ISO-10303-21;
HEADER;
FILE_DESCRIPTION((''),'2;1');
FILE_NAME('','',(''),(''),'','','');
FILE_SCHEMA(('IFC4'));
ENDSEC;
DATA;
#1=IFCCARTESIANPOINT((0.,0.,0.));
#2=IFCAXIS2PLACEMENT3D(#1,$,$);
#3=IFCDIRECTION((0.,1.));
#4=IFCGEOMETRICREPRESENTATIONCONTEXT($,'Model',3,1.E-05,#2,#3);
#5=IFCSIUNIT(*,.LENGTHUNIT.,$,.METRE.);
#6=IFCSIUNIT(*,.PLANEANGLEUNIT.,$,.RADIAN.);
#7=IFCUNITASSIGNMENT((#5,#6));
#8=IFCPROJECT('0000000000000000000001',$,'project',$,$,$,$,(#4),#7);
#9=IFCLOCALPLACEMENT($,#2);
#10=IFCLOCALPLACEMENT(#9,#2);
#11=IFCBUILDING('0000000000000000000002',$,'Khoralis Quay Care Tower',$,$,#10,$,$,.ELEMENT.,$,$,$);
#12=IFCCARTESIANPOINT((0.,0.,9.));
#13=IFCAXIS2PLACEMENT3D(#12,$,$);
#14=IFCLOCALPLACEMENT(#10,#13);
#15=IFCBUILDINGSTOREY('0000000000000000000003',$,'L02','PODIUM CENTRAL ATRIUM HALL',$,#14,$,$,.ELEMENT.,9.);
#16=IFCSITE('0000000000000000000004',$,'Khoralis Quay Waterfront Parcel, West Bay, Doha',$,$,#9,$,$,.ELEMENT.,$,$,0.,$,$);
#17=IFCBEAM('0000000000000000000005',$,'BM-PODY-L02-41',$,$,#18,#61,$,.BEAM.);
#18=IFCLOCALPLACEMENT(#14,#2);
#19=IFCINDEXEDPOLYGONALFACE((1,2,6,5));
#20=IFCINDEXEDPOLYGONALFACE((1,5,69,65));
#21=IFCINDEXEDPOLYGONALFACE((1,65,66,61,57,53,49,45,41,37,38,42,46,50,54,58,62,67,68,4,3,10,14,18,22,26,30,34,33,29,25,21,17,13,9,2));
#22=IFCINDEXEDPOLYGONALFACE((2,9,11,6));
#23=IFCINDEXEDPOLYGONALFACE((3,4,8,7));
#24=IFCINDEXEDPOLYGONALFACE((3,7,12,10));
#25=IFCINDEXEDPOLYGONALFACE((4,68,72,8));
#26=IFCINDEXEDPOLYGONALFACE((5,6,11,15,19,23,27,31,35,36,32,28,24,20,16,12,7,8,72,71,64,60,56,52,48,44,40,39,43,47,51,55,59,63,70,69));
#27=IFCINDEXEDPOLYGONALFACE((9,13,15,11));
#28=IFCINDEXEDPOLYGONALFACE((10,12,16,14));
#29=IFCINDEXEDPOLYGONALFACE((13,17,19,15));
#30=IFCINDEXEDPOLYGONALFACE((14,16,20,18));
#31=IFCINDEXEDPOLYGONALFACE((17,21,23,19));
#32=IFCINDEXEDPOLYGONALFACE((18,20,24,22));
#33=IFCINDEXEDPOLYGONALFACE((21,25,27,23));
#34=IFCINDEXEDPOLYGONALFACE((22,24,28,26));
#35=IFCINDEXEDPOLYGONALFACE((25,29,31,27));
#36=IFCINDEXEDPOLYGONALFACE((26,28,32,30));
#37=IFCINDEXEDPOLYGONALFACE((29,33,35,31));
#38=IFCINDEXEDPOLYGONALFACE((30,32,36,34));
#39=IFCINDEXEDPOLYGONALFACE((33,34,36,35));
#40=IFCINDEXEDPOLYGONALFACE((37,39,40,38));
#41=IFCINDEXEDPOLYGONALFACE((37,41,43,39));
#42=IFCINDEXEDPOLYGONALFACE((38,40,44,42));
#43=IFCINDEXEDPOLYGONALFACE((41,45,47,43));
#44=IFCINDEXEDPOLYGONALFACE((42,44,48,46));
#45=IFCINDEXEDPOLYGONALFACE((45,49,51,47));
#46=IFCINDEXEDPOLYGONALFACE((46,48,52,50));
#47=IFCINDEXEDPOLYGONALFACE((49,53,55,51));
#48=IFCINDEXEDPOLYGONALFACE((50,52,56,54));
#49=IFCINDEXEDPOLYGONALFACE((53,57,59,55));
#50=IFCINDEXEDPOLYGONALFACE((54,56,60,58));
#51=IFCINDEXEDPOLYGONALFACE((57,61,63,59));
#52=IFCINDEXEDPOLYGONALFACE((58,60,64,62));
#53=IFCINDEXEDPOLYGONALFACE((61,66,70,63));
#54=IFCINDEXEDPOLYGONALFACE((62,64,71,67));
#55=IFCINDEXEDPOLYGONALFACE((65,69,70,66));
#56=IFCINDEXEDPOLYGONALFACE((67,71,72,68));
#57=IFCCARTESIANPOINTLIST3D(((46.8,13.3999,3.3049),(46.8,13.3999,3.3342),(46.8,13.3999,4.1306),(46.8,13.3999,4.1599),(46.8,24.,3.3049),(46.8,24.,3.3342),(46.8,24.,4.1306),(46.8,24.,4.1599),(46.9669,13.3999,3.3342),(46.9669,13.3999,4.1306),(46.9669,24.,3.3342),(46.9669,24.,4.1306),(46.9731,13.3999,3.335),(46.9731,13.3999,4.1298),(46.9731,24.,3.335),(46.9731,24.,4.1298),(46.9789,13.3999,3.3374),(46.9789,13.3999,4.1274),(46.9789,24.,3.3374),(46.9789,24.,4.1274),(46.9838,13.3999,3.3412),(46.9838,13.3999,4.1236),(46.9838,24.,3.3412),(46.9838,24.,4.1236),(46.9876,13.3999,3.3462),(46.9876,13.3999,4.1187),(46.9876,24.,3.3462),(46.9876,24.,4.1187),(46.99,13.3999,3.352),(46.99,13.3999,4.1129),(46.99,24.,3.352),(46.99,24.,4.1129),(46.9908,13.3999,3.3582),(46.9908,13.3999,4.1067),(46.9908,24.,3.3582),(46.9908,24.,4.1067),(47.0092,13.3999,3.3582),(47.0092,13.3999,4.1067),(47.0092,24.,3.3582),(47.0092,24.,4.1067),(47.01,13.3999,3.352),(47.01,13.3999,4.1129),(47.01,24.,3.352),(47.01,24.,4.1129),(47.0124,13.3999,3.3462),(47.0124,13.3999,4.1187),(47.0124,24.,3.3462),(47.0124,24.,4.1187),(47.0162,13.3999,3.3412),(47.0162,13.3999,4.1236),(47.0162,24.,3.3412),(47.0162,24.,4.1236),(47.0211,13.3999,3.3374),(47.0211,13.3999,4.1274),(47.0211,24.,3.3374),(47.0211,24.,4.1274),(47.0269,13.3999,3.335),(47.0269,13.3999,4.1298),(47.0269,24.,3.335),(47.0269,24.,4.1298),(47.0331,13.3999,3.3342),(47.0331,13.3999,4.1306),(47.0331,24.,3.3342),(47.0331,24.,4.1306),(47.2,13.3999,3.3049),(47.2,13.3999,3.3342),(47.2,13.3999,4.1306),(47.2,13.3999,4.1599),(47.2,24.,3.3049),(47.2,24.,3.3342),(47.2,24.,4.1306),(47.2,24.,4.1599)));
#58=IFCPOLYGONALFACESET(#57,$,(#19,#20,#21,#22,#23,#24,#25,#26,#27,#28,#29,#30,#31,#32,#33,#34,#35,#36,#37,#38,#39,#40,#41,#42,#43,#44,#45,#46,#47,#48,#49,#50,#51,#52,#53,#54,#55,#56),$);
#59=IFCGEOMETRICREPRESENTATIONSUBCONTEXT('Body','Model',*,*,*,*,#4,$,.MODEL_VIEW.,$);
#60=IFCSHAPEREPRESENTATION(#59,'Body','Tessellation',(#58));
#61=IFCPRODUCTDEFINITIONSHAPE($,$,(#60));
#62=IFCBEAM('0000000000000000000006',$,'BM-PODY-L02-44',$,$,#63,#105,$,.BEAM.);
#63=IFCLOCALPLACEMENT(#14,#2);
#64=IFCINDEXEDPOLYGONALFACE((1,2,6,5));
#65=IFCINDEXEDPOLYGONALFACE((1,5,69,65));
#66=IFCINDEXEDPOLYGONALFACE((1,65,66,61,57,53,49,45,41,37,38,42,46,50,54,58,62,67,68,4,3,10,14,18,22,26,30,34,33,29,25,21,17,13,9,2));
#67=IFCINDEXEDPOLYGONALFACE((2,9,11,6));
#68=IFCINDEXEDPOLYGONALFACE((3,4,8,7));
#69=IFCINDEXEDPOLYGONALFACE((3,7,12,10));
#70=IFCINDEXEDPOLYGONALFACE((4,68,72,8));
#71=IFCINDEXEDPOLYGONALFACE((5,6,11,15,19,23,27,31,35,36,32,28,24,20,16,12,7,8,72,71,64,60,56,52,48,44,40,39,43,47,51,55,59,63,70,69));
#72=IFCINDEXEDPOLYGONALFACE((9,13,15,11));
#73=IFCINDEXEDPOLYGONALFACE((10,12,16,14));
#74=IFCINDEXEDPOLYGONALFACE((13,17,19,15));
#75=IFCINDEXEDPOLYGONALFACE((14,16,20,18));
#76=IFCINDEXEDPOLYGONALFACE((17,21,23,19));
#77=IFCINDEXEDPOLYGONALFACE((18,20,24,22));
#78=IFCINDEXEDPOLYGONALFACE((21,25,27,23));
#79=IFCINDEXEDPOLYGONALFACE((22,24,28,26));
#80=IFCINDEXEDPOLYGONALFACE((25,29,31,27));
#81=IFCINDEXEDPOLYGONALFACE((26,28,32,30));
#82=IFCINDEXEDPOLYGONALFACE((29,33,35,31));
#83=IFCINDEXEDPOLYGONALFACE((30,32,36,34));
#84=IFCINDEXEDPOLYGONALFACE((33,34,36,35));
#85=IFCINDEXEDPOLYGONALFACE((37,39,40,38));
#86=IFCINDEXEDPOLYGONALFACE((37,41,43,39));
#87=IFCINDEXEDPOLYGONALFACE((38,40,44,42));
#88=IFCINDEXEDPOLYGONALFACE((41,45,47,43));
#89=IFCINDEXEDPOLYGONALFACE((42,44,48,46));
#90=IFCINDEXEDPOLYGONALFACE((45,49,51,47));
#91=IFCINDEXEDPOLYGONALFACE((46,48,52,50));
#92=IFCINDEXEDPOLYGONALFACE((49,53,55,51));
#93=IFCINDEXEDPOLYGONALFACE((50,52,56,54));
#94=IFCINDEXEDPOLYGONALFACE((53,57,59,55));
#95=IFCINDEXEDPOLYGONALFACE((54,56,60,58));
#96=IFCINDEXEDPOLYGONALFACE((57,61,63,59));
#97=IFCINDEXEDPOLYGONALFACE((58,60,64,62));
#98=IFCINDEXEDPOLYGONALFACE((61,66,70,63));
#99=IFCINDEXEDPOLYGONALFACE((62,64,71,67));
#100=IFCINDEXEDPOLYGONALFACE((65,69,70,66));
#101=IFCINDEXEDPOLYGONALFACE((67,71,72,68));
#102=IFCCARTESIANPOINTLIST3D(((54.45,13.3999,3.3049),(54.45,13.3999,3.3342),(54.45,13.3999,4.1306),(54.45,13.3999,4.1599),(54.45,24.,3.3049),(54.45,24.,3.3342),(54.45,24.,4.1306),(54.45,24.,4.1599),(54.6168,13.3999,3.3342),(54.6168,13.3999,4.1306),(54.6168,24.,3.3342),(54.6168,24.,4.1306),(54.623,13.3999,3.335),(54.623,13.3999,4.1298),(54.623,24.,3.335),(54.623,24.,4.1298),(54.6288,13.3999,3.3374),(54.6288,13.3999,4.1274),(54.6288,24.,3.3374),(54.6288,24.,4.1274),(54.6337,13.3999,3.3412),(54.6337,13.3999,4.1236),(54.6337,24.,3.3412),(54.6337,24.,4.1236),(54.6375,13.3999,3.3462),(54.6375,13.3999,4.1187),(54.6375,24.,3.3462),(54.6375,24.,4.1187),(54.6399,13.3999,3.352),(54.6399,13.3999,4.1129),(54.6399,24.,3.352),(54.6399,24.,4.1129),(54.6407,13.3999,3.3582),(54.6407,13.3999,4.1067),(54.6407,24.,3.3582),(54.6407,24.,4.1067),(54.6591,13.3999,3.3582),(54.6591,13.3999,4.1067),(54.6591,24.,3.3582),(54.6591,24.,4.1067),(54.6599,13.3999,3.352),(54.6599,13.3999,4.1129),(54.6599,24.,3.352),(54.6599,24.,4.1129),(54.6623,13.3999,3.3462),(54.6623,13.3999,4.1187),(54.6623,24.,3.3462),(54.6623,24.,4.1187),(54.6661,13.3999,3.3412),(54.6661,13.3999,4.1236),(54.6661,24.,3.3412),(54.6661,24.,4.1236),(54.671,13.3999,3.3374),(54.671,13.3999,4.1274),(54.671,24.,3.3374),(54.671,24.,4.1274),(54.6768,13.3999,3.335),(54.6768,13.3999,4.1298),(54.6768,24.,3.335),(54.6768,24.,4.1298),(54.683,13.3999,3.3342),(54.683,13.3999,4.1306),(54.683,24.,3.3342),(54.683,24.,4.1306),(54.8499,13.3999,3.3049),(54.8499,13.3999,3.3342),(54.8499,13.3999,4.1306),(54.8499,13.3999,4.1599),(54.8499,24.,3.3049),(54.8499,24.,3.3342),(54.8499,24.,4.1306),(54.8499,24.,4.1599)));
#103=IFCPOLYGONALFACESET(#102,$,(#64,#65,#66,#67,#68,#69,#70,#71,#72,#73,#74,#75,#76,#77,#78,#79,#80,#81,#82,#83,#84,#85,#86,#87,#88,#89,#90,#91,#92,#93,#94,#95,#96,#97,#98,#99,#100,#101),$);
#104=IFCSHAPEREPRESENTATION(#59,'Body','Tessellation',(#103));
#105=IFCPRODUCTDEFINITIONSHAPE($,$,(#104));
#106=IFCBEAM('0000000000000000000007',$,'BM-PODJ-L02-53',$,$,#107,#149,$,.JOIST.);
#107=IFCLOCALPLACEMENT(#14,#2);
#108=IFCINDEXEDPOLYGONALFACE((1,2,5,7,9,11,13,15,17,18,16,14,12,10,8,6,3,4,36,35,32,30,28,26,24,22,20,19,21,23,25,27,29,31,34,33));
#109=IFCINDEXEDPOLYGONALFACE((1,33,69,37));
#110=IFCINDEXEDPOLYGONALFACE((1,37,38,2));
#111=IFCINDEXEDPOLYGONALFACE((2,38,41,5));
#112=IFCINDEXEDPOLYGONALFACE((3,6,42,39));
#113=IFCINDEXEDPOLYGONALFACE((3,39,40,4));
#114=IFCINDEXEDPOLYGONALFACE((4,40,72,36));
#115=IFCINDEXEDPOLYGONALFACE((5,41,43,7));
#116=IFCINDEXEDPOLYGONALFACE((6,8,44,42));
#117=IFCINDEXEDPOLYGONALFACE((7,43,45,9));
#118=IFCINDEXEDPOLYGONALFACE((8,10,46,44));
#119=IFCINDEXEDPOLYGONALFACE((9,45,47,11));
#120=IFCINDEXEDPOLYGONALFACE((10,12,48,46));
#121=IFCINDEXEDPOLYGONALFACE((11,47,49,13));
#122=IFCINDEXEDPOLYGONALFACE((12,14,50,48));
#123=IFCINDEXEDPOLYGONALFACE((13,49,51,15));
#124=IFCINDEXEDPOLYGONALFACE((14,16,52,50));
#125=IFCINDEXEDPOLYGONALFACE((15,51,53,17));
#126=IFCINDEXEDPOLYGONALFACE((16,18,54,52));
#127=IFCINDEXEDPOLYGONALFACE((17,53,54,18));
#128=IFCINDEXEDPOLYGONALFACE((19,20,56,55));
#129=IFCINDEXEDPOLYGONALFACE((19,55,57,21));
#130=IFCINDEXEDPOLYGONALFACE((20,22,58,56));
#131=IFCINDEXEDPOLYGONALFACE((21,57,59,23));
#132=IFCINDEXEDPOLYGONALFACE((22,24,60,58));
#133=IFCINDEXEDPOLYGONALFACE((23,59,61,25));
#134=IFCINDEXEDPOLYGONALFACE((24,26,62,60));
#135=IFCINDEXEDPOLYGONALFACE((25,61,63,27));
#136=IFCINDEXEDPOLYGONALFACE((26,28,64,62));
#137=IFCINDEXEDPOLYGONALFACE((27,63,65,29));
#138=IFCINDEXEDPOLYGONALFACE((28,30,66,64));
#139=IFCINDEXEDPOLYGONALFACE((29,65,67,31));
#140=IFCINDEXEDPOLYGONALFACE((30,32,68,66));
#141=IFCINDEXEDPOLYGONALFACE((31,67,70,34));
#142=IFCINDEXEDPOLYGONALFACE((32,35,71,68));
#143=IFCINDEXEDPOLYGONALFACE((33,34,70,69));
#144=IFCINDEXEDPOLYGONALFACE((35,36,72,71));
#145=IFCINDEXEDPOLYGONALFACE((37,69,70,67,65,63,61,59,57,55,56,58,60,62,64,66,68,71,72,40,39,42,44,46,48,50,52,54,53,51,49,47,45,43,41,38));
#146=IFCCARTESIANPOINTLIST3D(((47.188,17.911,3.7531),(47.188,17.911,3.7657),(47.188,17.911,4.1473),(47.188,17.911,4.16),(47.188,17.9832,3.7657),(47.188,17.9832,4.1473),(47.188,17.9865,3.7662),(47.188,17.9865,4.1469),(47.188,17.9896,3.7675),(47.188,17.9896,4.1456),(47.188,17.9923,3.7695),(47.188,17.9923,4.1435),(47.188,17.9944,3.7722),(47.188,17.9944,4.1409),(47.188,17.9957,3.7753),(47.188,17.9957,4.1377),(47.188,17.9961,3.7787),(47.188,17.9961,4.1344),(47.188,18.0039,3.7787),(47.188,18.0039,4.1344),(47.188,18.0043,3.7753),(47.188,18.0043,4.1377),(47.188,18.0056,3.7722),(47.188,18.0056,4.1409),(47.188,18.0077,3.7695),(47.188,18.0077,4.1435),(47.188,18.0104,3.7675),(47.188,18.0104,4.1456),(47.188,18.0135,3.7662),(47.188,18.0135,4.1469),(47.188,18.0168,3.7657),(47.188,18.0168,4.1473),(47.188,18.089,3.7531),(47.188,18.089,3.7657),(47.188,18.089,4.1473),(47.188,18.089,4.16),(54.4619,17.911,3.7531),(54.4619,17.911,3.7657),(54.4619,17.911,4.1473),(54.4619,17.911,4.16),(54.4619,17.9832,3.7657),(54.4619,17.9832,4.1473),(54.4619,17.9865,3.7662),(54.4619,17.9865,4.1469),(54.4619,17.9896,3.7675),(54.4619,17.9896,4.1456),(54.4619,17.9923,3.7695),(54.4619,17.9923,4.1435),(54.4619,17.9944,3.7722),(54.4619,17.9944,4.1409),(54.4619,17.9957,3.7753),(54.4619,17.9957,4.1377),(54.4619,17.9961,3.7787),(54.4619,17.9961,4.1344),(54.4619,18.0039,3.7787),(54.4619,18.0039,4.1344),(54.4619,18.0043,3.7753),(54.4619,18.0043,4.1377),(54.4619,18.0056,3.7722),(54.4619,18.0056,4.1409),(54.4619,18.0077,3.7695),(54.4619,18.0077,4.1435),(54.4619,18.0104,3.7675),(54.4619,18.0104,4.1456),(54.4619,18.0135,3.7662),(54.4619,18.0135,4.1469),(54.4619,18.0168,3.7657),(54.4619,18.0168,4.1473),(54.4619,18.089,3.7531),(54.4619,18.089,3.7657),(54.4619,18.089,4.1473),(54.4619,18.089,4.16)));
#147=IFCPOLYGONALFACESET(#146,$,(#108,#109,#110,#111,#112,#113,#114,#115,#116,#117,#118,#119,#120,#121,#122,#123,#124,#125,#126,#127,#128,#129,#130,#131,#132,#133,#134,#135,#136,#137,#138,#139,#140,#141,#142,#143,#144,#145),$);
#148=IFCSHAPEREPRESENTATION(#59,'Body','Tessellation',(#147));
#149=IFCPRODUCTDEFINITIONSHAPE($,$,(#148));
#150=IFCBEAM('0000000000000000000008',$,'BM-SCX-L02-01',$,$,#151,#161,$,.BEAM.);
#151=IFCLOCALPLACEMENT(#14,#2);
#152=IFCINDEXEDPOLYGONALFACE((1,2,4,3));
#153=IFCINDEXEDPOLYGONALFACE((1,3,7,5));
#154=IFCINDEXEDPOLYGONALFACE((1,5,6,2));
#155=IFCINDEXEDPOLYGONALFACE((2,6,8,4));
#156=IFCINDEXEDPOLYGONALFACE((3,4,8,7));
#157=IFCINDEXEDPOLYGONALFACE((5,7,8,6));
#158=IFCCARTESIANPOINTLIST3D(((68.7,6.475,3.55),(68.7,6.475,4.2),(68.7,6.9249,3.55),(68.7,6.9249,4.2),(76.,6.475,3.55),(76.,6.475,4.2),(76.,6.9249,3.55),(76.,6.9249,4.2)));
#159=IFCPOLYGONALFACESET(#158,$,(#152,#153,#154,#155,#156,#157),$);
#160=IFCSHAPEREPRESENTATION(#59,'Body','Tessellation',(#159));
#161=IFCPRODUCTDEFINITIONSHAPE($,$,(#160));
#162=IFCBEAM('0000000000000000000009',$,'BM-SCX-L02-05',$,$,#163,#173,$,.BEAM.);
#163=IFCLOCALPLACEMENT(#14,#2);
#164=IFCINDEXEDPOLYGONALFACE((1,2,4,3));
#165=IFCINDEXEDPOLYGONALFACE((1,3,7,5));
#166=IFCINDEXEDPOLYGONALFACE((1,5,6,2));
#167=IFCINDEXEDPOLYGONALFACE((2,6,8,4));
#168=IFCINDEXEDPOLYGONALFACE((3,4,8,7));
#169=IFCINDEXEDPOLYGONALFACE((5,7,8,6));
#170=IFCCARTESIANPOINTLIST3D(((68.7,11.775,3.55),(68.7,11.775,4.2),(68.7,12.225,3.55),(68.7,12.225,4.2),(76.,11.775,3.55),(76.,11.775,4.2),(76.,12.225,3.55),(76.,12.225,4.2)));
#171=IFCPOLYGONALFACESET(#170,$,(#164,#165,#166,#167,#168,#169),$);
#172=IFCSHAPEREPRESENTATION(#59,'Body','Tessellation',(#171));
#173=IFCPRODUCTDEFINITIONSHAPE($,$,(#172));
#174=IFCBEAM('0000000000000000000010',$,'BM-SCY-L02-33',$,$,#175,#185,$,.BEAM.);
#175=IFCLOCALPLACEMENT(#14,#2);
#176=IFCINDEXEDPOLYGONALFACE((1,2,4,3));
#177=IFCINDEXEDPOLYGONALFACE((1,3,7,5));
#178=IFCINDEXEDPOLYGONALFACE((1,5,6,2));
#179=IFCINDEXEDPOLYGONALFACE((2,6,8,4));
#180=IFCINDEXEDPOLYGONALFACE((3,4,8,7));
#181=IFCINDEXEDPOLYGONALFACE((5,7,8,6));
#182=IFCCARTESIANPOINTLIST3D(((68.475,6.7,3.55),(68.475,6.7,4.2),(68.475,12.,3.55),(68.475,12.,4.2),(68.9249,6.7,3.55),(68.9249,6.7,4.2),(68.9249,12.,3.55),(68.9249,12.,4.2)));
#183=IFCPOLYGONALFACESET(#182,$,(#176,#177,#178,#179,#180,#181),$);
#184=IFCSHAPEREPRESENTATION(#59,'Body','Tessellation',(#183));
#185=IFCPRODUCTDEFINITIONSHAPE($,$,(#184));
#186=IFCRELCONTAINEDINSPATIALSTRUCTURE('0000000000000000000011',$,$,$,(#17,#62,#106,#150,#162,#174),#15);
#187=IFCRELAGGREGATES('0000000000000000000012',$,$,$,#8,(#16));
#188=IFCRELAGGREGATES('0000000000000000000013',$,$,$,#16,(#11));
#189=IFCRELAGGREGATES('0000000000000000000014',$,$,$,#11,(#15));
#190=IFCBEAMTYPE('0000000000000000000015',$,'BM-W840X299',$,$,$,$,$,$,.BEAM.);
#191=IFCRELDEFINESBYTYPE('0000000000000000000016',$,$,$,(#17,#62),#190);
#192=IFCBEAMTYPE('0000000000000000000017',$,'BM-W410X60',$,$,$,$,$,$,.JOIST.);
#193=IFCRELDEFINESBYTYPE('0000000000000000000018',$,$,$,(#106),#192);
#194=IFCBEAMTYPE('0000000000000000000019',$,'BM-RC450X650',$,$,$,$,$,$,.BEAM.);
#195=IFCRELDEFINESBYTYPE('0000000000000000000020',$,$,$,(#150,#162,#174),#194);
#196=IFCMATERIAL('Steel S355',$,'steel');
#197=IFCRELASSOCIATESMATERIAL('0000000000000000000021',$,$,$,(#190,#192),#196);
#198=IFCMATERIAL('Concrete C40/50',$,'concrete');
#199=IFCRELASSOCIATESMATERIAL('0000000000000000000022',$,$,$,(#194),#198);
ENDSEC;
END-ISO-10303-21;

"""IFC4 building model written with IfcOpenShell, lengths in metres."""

from ifc_helpers import new_model, si_unit, direction, frame, origin, origin_2d, place, context, subcontext, project, spatial, rectangle, i_section, extrude, source, transform, mapped, material, material_profile, profile_set, type_object, element, save


model = new_model("IFC4")

# Units and contexts
model_context = context("Model", 3, precision=1e-05, world=origin(), true_north=direction((0.0, 1.0)))
body_context = subcontext(model_context, "Body", "Model", "MODEL_VIEW")
ifc_project = project(units=[si_unit("LENGTHUNIT", "METRE"), si_unit("PLANEANGLEUNIT", "RADIAN")], contexts=[model_context])

# Site, building, storey
site_placement = place(None, origin())
site = spatial("IfcSite", under=ifc_project, at=site_placement, Name="Khoralis Quay Waterfront Parcel, West Bay, Doha", CompositionType="ELEMENT", RefElevation=0.0)
building_placement = place(site_placement, origin())
building = spatial("IfcBuilding", under=site, at=building_placement, Name="Khoralis Quay Care Tower", CompositionType="ELEMENT")
storey_placement = place(building_placement, frame((0.0, 0.0, 9.0)))
storey = spatial("IfcBuildingStorey", under=building, at=storey_placement, Name="L02", Description="PODIUM CENTRAL ATRIUM HALL", CompositionType="ELEMENT", Elevation=9.0)

# Shared definitions
ifc_material_1 = material(Name="Concrete C40/50", Category="concrete")

# Beams
ifc_material_2 = material(Name="Steel S355", Category="steel")
ifc_material_profile_1 = material_profile(ifc_material_2, i_section(OverallWidth=0.3999, OverallDepth=0.855, WebThickness=0.0183, FlangeThickness=0.0293, FilletRadius=0.0239, at=origin_2d()), Name="Steel S355")
ifc_profile_set_1 = profile_set([ifc_material_profile_1], Name="Steel S355")
beam_type_1 = type_object("IfcBeamType", Name="BM-W840X299", PredefinedType="BEAM", material=ifc_profile_set_1)
shared_shape_1 = source(origin(), body_context, "Body", "SweptSolid", [
    extrude(i_section(OverallWidth=0.3999, OverallDepth=0.855, WebThickness=0.0183, FlangeThickness=0.0293, FilletRadius=0.0239, at=origin_2d()), origin(), (0.0, 0.0, 1.0), 10.6001),
])
for number, where, z_axis, x_axis, name in (
    (1, (47.0, 13.3999, 3.7324), (0.0, 1.0, 0.0), (-1.0, 0.0, 0.0), "BM-PODY-L02-41"),
    (2, (54.6499, 13.3999, 3.7324), (0.0, 1.0, 0.0), (-1.0, 0.0, 0.0), "BM-PODY-L02-44"),
):
    element("IfcBeam", number, at=place(storey_placement, frame(where, z_axis=z_axis, x_axis=x_axis)), inside=storey, type_object=beam_type_1, Name=name, PredefinedType="BEAM", context=body_context, shape_type="MappedRepresentation", body=[
        mapped(shared_shape_1, transform((0.0, 0.0, 0.0), scale=1.0)),
    ])
ifc_material_profile_2 = material_profile(ifc_material_2, i_section(OverallWidth=0.178, OverallDepth=0.407, WebThickness=0.0078, FlangeThickness=0.0127, FilletRadius=0.0129, at=origin_2d()), Name="Steel S355")
ifc_profile_set_2 = profile_set([ifc_material_profile_2], Name="Steel S355")
beam_type_2 = type_object("IfcBeamType", Name="BM-W410X60", PredefinedType="JOIST", material=ifc_profile_set_2)
shared_shape_2 = source(origin(), body_context, "Body", "SweptSolid", [
    extrude(i_section(OverallWidth=0.178, OverallDepth=0.407, WebThickness=0.0078, FlangeThickness=0.0127, FilletRadius=0.0129, at=origin_2d()), origin(), (0.0, 0.0, 1.0), 7.2739),
])
beam_1_placement = place(storey_placement, frame((47.188, 18.0, 3.9565), z_axis=(1.0, 0.0, 0.0), x_axis=(0.0, 1.0, 0.0)))
element("IfcBeam", 3, at=beam_1_placement, inside=storey, type_object=beam_type_2, Name="BM-PODJ-L02-53", PredefinedType="JOIST", context=body_context, shape_type="MappedRepresentation", body=[
    mapped(shared_shape_2, transform((0.0, 0.0, 0.0), scale=1.0)),
])
ifc_material_profile_3 = material_profile(ifc_material_1, rectangle(XDim=0.45, YDim=0.6499, at=origin_2d()), Name="Concrete C40/50")
ifc_profile_set_3 = profile_set([ifc_material_profile_3], Name="Concrete C40/50")
beam_type_3 = type_object("IfcBeamType", Name="BM-RC450X650", PredefinedType="BEAM", material=ifc_profile_set_3)
shared_shape_3 = source(origin(), body_context, "Body", "SweptSolid", [
    extrude(rectangle(XDim=0.45, YDim=0.6499, at=origin_2d()), origin(), (0.0, 0.0, 1.0), 7.3),
])
for number, where, z_axis, x_axis, name in (
    (4, (68.7, 6.7, 3.875), (1.0, 0.0, 0.0), (0.0, 1.0, 0.0), "BM-SCX-L02-01"),
    (5, (68.7, 12.0, 3.875), (1.0, 0.0, 0.0), (0.0, 1.0, 0.0), "BM-SCX-L02-05"),
):
    element("IfcBeam", number, at=place(storey_placement, frame(where, z_axis=z_axis, x_axis=x_axis)), inside=storey, type_object=beam_type_3, Name=name, PredefinedType="BEAM", context=body_context, shape_type="MappedRepresentation", body=[
        mapped(shared_shape_3, transform((0.0, 0.0, 0.0), scale=1.0)),
    ])
shared_shape_4 = source(origin(), body_context, "Body", "SweptSolid", [
    extrude(rectangle(XDim=0.45, YDim=0.6499, at=origin_2d()), origin(), (0.0, 0.0, 1.0), 5.3),
])
beam_2_placement = place(storey_placement, frame((68.7, 6.7, 3.875), z_axis=(0.0, 1.0, 0.0), x_axis=(-1.0, 0.0, 0.0)))
element("IfcBeam", 6, at=beam_2_placement, inside=storey, type_object=beam_type_3, Name="BM-SCY-L02-33", PredefinedType="BEAM", context=body_context, shape_type="MappedRepresentation", body=[
    mapped(shared_shape_4, transform((0.0, 0.0, 0.0), scale=1.0)),
])

save(model, "model.ifc")
